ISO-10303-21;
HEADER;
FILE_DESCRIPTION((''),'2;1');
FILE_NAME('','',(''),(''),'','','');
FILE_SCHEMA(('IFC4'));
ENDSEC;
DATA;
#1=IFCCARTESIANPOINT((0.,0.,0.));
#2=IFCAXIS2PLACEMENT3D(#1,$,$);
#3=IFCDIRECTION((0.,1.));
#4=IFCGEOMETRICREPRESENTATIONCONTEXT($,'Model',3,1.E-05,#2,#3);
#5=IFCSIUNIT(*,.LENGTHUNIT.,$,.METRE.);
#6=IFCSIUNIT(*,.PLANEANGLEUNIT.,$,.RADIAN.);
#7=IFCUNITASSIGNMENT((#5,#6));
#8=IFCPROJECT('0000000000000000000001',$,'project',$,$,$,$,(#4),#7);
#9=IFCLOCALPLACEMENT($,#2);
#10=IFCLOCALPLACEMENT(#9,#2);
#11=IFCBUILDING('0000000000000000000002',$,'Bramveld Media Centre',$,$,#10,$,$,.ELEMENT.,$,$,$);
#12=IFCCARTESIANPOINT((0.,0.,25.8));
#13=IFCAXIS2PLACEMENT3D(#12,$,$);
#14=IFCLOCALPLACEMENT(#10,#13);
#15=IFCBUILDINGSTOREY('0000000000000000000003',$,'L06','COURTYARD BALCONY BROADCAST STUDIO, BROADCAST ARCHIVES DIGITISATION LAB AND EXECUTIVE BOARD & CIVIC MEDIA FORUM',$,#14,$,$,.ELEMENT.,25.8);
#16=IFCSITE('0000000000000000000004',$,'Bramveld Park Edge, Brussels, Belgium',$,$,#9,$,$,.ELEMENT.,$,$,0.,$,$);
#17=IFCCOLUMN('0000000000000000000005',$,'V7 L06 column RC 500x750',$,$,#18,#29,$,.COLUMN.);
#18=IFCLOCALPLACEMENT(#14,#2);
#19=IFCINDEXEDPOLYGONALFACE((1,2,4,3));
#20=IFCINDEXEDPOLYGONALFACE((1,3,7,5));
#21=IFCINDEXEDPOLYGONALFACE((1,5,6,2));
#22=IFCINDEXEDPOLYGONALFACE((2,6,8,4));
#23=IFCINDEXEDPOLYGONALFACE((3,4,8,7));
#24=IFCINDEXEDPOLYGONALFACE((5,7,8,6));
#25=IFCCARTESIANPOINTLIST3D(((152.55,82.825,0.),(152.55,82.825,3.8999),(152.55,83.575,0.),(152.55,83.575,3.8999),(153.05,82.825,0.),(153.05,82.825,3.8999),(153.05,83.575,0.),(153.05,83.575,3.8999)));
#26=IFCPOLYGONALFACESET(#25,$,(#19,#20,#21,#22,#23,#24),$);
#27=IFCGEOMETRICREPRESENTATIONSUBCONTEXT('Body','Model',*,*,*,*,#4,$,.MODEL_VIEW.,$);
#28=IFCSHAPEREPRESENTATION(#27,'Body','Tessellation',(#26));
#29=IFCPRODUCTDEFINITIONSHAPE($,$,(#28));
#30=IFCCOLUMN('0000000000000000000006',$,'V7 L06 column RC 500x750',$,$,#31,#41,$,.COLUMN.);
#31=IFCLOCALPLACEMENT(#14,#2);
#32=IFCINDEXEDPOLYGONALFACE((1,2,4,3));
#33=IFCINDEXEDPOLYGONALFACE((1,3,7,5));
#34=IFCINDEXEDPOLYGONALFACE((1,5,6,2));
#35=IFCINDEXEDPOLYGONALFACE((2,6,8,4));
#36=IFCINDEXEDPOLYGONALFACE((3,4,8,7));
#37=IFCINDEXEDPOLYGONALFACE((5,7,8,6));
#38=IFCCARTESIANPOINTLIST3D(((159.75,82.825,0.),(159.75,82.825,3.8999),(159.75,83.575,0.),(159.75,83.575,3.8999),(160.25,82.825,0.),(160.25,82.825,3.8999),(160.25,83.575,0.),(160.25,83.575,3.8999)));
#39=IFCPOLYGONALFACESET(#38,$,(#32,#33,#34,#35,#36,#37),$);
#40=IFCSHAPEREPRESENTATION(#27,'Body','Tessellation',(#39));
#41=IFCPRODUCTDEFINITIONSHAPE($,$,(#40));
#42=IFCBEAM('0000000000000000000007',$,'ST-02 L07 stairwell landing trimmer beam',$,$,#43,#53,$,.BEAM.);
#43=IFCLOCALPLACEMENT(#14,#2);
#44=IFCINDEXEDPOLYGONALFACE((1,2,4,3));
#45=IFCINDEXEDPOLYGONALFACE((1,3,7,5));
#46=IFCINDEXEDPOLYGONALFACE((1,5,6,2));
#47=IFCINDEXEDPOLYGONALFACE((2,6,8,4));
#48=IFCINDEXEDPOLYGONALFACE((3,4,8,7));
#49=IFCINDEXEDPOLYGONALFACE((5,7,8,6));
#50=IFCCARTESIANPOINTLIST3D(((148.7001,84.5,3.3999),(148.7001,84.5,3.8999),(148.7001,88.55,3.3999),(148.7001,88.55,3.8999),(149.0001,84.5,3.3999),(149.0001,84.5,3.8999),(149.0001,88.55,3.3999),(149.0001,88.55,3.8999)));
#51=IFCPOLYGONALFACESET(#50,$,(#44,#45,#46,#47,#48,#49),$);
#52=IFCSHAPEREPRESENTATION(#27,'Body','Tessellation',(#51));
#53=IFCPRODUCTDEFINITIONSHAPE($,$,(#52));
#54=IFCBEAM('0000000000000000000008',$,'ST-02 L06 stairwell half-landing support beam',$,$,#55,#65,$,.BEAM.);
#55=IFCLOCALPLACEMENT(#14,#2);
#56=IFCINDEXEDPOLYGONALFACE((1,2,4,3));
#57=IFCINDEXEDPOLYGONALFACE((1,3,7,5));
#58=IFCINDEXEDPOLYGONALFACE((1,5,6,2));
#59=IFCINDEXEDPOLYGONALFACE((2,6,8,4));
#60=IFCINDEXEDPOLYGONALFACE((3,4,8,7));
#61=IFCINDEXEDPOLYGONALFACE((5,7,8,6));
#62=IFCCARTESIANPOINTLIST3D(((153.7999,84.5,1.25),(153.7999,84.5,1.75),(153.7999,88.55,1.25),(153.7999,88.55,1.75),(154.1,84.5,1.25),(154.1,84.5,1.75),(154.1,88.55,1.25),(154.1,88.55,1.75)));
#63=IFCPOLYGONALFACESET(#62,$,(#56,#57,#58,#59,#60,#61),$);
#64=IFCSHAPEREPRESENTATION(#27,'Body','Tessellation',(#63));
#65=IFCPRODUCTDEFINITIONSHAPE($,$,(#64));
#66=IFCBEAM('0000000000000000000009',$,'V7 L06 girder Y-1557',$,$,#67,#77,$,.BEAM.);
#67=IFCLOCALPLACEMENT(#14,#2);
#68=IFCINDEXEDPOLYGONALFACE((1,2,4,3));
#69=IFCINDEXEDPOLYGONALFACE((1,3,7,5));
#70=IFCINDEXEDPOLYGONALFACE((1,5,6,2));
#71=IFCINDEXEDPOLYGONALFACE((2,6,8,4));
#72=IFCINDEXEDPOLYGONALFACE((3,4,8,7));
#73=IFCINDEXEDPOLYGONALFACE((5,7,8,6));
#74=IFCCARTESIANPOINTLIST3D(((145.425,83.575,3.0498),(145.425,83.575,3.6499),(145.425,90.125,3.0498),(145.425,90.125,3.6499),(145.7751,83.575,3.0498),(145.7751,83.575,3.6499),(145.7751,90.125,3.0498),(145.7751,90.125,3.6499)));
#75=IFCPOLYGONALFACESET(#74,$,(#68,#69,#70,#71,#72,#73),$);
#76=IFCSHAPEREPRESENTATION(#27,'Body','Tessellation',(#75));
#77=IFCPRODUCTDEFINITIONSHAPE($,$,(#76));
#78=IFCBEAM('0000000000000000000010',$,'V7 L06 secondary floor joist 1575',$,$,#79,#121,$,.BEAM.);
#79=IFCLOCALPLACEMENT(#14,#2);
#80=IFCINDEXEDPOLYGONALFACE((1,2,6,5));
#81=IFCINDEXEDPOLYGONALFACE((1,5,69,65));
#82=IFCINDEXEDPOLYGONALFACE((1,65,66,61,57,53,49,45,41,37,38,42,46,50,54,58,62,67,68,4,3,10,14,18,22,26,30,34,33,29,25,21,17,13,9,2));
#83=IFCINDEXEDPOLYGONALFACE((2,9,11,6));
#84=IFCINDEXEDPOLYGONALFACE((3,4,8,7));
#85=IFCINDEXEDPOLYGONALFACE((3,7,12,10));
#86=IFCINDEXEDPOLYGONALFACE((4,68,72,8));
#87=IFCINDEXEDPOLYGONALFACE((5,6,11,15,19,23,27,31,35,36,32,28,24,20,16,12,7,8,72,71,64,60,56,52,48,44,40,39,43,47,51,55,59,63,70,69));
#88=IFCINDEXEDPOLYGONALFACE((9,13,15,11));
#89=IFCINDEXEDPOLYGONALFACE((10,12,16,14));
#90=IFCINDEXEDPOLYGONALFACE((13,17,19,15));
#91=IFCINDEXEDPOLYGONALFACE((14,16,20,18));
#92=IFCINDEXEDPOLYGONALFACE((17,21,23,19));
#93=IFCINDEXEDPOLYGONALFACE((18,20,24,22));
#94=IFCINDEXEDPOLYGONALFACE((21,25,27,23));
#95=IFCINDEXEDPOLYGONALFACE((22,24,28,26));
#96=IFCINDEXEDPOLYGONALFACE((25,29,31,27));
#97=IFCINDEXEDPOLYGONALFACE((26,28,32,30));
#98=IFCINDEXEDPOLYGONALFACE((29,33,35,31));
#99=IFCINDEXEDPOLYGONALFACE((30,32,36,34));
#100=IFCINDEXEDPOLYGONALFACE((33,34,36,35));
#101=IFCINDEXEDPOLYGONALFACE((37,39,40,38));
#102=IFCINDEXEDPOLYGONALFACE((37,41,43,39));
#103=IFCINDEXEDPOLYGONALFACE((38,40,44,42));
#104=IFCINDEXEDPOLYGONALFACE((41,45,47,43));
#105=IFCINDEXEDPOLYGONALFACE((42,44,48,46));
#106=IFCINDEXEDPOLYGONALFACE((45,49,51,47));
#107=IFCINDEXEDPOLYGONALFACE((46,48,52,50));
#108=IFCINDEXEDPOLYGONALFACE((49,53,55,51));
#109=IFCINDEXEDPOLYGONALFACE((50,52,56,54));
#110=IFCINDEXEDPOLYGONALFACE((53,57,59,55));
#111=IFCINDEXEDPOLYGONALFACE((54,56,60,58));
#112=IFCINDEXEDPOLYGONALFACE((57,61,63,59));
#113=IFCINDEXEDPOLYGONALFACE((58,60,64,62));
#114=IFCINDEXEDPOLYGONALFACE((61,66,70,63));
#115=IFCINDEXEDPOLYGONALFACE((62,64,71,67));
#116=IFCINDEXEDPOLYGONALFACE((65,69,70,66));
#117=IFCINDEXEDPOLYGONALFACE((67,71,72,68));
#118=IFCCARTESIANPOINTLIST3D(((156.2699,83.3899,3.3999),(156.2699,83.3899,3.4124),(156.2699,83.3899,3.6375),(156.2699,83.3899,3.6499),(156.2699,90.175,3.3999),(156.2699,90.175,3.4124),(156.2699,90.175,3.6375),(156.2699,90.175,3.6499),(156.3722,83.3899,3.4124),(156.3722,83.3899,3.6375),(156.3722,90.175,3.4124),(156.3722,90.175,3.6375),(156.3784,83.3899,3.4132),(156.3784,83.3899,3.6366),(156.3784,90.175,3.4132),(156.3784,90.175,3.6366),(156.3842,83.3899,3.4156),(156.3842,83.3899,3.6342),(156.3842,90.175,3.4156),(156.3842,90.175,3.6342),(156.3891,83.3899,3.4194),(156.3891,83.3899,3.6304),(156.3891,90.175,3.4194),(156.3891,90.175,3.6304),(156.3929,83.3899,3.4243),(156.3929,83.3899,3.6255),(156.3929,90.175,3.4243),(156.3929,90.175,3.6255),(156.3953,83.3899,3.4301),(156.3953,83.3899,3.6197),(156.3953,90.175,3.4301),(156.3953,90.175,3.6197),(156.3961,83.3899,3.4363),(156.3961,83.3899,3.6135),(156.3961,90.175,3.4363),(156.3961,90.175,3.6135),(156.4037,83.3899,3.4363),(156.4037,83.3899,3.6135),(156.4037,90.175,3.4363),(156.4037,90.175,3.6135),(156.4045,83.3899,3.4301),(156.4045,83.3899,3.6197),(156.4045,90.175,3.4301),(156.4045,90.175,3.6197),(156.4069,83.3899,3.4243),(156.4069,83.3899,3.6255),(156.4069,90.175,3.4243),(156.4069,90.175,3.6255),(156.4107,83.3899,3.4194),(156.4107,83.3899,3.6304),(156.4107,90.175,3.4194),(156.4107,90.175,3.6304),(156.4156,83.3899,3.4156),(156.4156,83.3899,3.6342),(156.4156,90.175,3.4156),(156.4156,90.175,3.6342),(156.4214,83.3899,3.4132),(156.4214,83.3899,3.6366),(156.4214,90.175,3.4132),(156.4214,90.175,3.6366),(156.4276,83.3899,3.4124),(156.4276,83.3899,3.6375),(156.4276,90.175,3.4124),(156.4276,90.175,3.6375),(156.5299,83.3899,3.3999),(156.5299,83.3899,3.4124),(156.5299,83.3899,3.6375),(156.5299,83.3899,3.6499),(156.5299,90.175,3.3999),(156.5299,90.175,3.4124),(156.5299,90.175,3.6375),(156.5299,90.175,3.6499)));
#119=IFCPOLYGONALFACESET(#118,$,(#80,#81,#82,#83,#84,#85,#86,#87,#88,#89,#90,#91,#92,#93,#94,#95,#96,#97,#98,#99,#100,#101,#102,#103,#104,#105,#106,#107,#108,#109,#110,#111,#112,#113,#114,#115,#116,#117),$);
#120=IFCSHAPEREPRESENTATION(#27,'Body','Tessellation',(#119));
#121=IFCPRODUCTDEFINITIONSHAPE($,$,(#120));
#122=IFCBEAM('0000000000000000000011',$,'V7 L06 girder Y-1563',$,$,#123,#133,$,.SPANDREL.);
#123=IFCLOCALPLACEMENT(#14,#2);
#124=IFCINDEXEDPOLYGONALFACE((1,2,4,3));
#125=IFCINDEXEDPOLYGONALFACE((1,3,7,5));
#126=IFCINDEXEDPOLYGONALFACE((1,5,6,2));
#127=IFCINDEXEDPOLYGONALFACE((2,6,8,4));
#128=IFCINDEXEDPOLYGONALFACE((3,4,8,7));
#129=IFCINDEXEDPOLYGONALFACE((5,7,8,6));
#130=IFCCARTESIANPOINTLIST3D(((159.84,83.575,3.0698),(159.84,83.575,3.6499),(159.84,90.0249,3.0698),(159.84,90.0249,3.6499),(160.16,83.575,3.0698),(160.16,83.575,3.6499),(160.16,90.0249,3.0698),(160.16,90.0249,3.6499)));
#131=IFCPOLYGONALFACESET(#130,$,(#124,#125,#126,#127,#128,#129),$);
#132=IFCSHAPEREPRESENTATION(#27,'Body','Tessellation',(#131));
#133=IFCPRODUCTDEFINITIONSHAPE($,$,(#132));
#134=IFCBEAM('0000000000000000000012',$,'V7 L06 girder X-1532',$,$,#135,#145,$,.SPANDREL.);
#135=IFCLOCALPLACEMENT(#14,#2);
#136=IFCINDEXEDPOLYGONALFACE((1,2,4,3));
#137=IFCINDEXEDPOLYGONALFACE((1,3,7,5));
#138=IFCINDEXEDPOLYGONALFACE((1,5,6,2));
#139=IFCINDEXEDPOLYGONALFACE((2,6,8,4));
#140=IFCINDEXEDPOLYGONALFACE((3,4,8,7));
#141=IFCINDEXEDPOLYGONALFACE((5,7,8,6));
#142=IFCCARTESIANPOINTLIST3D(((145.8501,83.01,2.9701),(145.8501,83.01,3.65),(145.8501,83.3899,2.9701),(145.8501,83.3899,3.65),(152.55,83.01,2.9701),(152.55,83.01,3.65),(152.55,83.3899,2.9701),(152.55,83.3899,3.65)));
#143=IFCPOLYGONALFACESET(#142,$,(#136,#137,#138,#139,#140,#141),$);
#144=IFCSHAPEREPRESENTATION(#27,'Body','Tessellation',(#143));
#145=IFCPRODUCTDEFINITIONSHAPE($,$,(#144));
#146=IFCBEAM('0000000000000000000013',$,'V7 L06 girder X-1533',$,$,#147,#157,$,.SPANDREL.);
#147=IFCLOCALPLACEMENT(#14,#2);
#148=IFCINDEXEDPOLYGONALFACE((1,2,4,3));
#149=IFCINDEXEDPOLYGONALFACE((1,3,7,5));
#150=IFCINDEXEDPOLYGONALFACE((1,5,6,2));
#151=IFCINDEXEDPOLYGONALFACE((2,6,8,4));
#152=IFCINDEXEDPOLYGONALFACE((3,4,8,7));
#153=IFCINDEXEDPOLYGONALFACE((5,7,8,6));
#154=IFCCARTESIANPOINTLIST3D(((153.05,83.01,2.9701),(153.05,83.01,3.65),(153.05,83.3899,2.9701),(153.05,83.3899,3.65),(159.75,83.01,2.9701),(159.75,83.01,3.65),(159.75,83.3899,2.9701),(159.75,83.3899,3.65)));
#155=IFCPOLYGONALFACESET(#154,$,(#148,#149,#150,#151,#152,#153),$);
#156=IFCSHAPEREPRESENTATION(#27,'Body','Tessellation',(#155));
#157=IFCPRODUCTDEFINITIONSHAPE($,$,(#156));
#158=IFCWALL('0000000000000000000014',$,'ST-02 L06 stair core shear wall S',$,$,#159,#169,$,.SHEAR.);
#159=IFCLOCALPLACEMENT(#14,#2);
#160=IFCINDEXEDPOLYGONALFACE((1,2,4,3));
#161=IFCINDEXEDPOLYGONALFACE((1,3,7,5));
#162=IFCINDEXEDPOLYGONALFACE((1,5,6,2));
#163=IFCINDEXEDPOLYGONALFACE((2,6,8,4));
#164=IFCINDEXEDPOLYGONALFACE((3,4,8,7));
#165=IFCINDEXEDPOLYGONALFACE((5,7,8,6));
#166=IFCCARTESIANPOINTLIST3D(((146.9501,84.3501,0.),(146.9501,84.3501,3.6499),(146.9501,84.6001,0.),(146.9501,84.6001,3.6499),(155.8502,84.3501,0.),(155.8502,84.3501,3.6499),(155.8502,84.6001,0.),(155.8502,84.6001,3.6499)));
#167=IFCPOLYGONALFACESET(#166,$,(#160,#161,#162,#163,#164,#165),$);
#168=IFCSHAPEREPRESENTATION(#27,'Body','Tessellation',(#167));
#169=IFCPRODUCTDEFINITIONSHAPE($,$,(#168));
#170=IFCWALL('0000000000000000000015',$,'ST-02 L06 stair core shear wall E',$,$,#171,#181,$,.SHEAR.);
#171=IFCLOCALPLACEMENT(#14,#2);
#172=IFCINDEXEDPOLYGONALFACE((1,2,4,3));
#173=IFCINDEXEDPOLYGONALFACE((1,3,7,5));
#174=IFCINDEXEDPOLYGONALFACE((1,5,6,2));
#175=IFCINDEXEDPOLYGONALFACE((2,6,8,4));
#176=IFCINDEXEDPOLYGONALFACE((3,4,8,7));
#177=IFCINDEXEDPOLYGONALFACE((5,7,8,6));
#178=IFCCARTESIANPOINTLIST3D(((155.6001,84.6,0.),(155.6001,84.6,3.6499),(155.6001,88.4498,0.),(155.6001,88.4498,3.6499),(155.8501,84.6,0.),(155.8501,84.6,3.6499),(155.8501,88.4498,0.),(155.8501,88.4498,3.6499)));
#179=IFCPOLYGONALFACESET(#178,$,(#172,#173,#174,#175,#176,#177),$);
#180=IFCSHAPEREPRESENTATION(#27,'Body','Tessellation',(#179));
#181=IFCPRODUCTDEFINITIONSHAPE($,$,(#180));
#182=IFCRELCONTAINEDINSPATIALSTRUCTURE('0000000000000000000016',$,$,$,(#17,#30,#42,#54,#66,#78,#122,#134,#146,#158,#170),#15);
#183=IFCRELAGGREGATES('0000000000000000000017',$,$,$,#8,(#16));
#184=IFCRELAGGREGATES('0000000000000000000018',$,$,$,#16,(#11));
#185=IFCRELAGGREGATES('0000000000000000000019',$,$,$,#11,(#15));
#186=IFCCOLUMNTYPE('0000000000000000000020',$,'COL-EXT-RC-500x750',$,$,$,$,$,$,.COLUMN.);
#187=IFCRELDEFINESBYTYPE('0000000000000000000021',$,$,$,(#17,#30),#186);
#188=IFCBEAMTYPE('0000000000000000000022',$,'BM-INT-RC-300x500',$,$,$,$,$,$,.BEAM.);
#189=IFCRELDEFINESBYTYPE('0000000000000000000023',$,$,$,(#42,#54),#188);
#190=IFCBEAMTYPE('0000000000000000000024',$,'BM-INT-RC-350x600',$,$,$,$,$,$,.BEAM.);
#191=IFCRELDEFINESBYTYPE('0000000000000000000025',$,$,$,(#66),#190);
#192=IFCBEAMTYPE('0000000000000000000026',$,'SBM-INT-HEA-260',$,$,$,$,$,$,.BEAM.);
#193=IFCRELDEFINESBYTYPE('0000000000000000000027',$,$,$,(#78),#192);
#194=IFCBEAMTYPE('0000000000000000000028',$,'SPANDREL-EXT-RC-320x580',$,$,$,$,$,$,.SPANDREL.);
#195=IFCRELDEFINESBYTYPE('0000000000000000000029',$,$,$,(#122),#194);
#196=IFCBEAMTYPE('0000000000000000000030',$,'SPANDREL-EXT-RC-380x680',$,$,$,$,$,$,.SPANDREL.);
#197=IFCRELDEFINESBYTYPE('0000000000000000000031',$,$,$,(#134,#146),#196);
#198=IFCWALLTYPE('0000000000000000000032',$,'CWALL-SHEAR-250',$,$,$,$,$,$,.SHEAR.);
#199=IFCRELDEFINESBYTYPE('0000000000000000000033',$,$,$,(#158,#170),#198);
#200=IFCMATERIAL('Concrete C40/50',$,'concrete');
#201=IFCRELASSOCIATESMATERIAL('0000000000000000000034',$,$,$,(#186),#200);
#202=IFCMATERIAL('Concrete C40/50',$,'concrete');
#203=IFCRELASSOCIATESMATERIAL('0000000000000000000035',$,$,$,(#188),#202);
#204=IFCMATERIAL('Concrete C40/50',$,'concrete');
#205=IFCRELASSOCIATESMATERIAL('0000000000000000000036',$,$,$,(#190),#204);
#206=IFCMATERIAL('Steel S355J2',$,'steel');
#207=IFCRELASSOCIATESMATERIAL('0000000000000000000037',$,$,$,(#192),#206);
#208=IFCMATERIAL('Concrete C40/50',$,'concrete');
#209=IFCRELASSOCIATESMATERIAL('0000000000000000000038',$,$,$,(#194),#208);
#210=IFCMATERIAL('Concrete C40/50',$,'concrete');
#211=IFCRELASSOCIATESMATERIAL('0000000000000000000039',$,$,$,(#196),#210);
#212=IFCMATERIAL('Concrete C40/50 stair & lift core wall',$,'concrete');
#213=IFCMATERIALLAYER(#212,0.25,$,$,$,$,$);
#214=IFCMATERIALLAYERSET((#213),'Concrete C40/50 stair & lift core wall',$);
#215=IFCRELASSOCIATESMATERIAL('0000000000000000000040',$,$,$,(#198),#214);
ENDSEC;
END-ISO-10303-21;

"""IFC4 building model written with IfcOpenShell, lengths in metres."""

from ifc_helpers import new_model, si_unit, direction, frame, frame_2d, origin, origin_2d, place, context, subcontext, project, spatial, rectangle, i_section, extrude, material, layer, layer_set, material_profile, profile_set, type_object, element, save


model = new_model("IFC4")

# Units and contexts
model_context = context("Model", 3, precision=1e-05, world=origin(), true_north=direction((0.0, 1.0)))
body_context = subcontext(model_context, "Body", "Model", "MODEL_VIEW")
ifc_project = project(units=[si_unit("LENGTHUNIT", "METRE"), si_unit("PLANEANGLEUNIT", "RADIAN")], contexts=[model_context])

# Site, building, storey
site_placement = place(None, origin())
site = spatial("IfcSite", under=ifc_project, at=site_placement, Name="Bramveld Park Edge, Brussels, Belgium", CompositionType="ELEMENT", RefElevation=0.0)
building_placement = place(site_placement, origin())
building = spatial("IfcBuilding", under=site, at=building_placement, Name="Bramveld Media Centre", CompositionType="ELEMENT")
storey_placement = place(building_placement, frame((0.0, 0.0, 25.8)))
storey = spatial("IfcBuildingStorey", under=building, at=storey_placement, Name="L06", Description="COURTYARD BALCONY BROADCAST STUDIO, BROADCAST ARCHIVES DIGITISATION LAB AND EXECUTIVE BOARD & CIVIC MEDIA FORUM", CompositionType="ELEMENT", Elevation=25.8)

# Columns
ifc_material_1 = material(Name="Concrete C40/50", Category="concrete")
ifc_material_profile_1 = material_profile(ifc_material_1, rectangle(XDim=0.5, YDim=0.75, at=origin_2d()), Name="RC 500x750")
ifc_profile_set_1 = profile_set([ifc_material_profile_1], Name="Concrete C40/50")
column_type = type_object("IfcColumnType", Name="COL-EXT-RC-500x750", PredefinedType="COLUMN", material=ifc_profile_set_1)
for number, where, z_axis, x_axis, name in (
    (1, (152.8, 83.2, 0.0), (0.0, 0.0, 1.0), (1.0, 0.0, 0.0), "V7 L06 column RC 500x750"),
    (2, (160.0, 83.2, 0.0), (0.0, 0.0, 1.0), (1.0, 0.0, 0.0), "V7 L06 column RC 500x750"),
):
    element("IfcColumn", number, at=place(storey_placement, frame(where, z_axis=z_axis, x_axis=x_axis)), inside=storey, type_object=column_type, Name=name, PredefinedType="COLUMN", context=body_context, shape_type="SweptSolid", body=[
        extrude(rectangle(XDim=0.5, YDim=0.75, at=origin_2d()), origin(), (0.0, 0.0, 1.0), 3.8999),
    ])

# Beams
ifc_material_2 = material(Name="Concrete C40/50", Category="concrete")
ifc_material_profile_2 = material_profile(ifc_material_2, rectangle(XDim=0.3, YDim=0.5, at=origin_2d()), Name="RC 300x500")
ifc_profile_set_2 = profile_set([ifc_material_profile_2], Name="Concrete C40/50")
beam_type_1 = type_object("IfcBeamType", Name="BM-INT-RC-300x500", PredefinedType="BEAM", material=ifc_profile_set_2)
for number, where, z_axis, x_axis, name in (
    (3, (148.8501, 84.5, 3.6499), (0.0, 1.0, 0.0), (-1.0, 0.0, 0.0), "ST-02 L07 stairwell landing trimmer beam"),
    (4, (153.95, 84.5, 1.5), (0.0, 1.0, 0.0), (-1.0, 0.0, 0.0), "ST-02 L06 stairwell half-landing support beam"),
):
    element("IfcBeam", number, at=place(storey_placement, frame(where, z_axis=z_axis, x_axis=x_axis)), inside=storey, type_object=beam_type_1, Name=name, PredefinedType="BEAM", context=body_context, shape_type="SweptSolid", body=[
        extrude(rectangle(XDim=0.3, YDim=0.5, at=origin_2d()), origin(), (0.0, 0.0, 1.0), 4.05),
    ])
ifc_material_3 = material(Name="Concrete C40/50", Category="concrete")
ifc_material_profile_3 = material_profile(ifc_material_3, rectangle(XDim=0.3501, YDim=0.6001, at=origin_2d()), Name="RC 350x600")
ifc_profile_set_3 = profile_set([ifc_material_profile_3], Name="Concrete C40/50")
beam_type_2 = type_object("IfcBeamType", Name="BM-INT-RC-350x600", PredefinedType="BEAM", material=ifc_profile_set_3)
beam_1_placement = place(storey_placement, frame((145.6001, 83.575, 3.3499), z_axis=(0.0, 1.0, 0.0), x_axis=(-1.0, 0.0, 0.0)))
element("IfcBeam", 5, at=beam_1_placement, inside=storey, type_object=beam_type_2, Name="V7 L06 girder Y-1557", PredefinedType="BEAM", context=body_context, shape_type="SweptSolid", body=[
    extrude(rectangle(XDim=0.3501, YDim=0.6001, at=origin_2d()), origin(), (0.0, 0.0, 1.0), 6.55),
])
ifc_material_4 = material(Name="Steel S355J2", Category="steel")
ifc_material_profile_4 = material_profile(ifc_material_4, i_section(OverallWidth=0.26, OverallDepth=0.25, WebThickness=0.0076, FlangeThickness=0.0125, FilletRadius=0.0239, at=origin_2d()), Name="HEA 260")
ifc_profile_set_4 = profile_set([ifc_material_profile_4], Name="Steel S355J2")
beam_type_3 = type_object("IfcBeamType", Name="SBM-INT-HEA-260", PredefinedType="BEAM", material=ifc_profile_set_4)
beam_2_placement = place(storey_placement, frame((156.3999, 83.3899, 3.5249), z_axis=(0.0, 1.0, 0.0), x_axis=(-1.0, 0.0, 0.0)))
element("IfcBeam", 6, at=beam_2_placement, inside=storey, type_object=beam_type_3, Name="V7 L06 secondary floor joist 1575", PredefinedType="BEAM", context=body_context, shape_type="SweptSolid", body=[
    extrude(i_section(OverallWidth=0.26, OverallDepth=0.25, WebThickness=0.0076, FlangeThickness=0.0125, FilletRadius=0.0239, at=origin_2d()), origin(), (0.0, 0.0, 1.0), 6.7852),
])
ifc_material_5 = material(Name="Concrete C40/50", Category="concrete")
ifc_material_profile_5 = material_profile(ifc_material_5, rectangle(XDim=0.3201, YDim=0.5801, at=origin_2d()), Name="RC 320x580")
ifc_profile_set_5 = profile_set([ifc_material_profile_5], Name="Concrete C40/50")
beam_type_4 = type_object("IfcBeamType", Name="SPANDREL-EXT-RC-320x580", PredefinedType="SPANDREL", material=ifc_profile_set_5)
beam_3_placement = place(storey_placement, frame((160.0, 83.575, 3.3599), z_axis=(0.0, 1.0, 0.0), x_axis=(-1.0, 0.0, 0.0)))
element("IfcBeam", 7, at=beam_3_placement, inside=storey, type_object=beam_type_4, Name="V7 L06 girder Y-1563", PredefinedType="SPANDREL", context=body_context, shape_type="SweptSolid", body=[
    extrude(rectangle(XDim=0.3201, YDim=0.5801, at=origin_2d()), origin(), (0.0, 0.0, 1.0), 6.45),
])
ifc_material_6 = material(Name="Concrete C40/50", Category="concrete")
ifc_material_profile_6 = material_profile(ifc_material_6, rectangle(XDim=0.3799, YDim=0.6799, at=origin_2d()), Name="RC 380x680")
ifc_profile_set_6 = profile_set([ifc_material_profile_6], Name="Concrete C40/50")
beam_type_5 = type_object("IfcBeamType", Name="SPANDREL-EXT-RC-380x680", PredefinedType="SPANDREL", material=ifc_profile_set_6)
for number, where, z_axis, x_axis, name in (
    (8, (145.8501, 83.2, 3.3101), (1.0, 0.0, 0.0), (0.0, 1.0, 0.0), "V7 L06 girder X-1532"),
    (9, (153.05, 83.2, 3.3101), (1.0, 0.0, 0.0), (0.0, 1.0, 0.0), "V7 L06 girder X-1533"),
):
    element("IfcBeam", number, at=place(storey_placement, frame(where, z_axis=z_axis, x_axis=x_axis)), inside=storey, type_object=beam_type_5, Name=name, PredefinedType="SPANDREL", context=body_context, shape_type="SweptSolid", body=[
        extrude(rectangle(XDim=0.3799, YDim=0.6799, at=origin_2d()), origin(), (0.0, 0.0, 1.0), 6.7),
    ])

# Walls
ifc_material_7 = material(Name="Concrete C40/50 stair & lift core wall", Category="concrete")
ifc_layer_1 = layer(ifc_material_7, 0.25)
ifc_layer_set_1 = layer_set([ifc_layer_1], Name="Concrete C40/50 stair & lift core wall")
wall_type_1 = type_object("IfcWallType", Name="CWALL-SHEAR-250", PredefinedType="SHEAR", material=ifc_layer_set_1)
wall_1_placement = place(storey_placement, frame((146.95, 84.4751, 0.0), z_axis=(0.0, 0.0, 1.0), x_axis=(1.0, 0.0, 0.0)))
element("IfcWall", 10, at=wall_1_placement, inside=storey, type_object=wall_type_1, Name="ST-02 L06 stair core shear wall S", PredefinedType="SHEAR", context=body_context, shape_type="SweptSolid", body=[
    extrude(rectangle(XDim=8.9001, YDim=0.25, at=frame_2d((4.4502, 0.0))), origin(), (0.0, 0.0, 1.0), 3.6499),
])
wall_2_placement = place(storey_placement, frame((155.7251, 84.6001, 0.0), z_axis=(0.0, 0.0, 1.0), x_axis=(0.0, 1.0, 0.0)))
element("IfcWall", 11, at=wall_2_placement, inside=storey, type_object=wall_type_1, Name="ST-02 L06 stair core shear wall E", PredefinedType="SHEAR", context=body_context, shape_type="SweptSolid", body=[
    extrude(rectangle(XDim=3.8499, YDim=0.25, at=frame_2d((1.9248, 0.0))), origin(), (0.0, 0.0, 1.0), 3.6499),
])

save(model, "model.ifc")
